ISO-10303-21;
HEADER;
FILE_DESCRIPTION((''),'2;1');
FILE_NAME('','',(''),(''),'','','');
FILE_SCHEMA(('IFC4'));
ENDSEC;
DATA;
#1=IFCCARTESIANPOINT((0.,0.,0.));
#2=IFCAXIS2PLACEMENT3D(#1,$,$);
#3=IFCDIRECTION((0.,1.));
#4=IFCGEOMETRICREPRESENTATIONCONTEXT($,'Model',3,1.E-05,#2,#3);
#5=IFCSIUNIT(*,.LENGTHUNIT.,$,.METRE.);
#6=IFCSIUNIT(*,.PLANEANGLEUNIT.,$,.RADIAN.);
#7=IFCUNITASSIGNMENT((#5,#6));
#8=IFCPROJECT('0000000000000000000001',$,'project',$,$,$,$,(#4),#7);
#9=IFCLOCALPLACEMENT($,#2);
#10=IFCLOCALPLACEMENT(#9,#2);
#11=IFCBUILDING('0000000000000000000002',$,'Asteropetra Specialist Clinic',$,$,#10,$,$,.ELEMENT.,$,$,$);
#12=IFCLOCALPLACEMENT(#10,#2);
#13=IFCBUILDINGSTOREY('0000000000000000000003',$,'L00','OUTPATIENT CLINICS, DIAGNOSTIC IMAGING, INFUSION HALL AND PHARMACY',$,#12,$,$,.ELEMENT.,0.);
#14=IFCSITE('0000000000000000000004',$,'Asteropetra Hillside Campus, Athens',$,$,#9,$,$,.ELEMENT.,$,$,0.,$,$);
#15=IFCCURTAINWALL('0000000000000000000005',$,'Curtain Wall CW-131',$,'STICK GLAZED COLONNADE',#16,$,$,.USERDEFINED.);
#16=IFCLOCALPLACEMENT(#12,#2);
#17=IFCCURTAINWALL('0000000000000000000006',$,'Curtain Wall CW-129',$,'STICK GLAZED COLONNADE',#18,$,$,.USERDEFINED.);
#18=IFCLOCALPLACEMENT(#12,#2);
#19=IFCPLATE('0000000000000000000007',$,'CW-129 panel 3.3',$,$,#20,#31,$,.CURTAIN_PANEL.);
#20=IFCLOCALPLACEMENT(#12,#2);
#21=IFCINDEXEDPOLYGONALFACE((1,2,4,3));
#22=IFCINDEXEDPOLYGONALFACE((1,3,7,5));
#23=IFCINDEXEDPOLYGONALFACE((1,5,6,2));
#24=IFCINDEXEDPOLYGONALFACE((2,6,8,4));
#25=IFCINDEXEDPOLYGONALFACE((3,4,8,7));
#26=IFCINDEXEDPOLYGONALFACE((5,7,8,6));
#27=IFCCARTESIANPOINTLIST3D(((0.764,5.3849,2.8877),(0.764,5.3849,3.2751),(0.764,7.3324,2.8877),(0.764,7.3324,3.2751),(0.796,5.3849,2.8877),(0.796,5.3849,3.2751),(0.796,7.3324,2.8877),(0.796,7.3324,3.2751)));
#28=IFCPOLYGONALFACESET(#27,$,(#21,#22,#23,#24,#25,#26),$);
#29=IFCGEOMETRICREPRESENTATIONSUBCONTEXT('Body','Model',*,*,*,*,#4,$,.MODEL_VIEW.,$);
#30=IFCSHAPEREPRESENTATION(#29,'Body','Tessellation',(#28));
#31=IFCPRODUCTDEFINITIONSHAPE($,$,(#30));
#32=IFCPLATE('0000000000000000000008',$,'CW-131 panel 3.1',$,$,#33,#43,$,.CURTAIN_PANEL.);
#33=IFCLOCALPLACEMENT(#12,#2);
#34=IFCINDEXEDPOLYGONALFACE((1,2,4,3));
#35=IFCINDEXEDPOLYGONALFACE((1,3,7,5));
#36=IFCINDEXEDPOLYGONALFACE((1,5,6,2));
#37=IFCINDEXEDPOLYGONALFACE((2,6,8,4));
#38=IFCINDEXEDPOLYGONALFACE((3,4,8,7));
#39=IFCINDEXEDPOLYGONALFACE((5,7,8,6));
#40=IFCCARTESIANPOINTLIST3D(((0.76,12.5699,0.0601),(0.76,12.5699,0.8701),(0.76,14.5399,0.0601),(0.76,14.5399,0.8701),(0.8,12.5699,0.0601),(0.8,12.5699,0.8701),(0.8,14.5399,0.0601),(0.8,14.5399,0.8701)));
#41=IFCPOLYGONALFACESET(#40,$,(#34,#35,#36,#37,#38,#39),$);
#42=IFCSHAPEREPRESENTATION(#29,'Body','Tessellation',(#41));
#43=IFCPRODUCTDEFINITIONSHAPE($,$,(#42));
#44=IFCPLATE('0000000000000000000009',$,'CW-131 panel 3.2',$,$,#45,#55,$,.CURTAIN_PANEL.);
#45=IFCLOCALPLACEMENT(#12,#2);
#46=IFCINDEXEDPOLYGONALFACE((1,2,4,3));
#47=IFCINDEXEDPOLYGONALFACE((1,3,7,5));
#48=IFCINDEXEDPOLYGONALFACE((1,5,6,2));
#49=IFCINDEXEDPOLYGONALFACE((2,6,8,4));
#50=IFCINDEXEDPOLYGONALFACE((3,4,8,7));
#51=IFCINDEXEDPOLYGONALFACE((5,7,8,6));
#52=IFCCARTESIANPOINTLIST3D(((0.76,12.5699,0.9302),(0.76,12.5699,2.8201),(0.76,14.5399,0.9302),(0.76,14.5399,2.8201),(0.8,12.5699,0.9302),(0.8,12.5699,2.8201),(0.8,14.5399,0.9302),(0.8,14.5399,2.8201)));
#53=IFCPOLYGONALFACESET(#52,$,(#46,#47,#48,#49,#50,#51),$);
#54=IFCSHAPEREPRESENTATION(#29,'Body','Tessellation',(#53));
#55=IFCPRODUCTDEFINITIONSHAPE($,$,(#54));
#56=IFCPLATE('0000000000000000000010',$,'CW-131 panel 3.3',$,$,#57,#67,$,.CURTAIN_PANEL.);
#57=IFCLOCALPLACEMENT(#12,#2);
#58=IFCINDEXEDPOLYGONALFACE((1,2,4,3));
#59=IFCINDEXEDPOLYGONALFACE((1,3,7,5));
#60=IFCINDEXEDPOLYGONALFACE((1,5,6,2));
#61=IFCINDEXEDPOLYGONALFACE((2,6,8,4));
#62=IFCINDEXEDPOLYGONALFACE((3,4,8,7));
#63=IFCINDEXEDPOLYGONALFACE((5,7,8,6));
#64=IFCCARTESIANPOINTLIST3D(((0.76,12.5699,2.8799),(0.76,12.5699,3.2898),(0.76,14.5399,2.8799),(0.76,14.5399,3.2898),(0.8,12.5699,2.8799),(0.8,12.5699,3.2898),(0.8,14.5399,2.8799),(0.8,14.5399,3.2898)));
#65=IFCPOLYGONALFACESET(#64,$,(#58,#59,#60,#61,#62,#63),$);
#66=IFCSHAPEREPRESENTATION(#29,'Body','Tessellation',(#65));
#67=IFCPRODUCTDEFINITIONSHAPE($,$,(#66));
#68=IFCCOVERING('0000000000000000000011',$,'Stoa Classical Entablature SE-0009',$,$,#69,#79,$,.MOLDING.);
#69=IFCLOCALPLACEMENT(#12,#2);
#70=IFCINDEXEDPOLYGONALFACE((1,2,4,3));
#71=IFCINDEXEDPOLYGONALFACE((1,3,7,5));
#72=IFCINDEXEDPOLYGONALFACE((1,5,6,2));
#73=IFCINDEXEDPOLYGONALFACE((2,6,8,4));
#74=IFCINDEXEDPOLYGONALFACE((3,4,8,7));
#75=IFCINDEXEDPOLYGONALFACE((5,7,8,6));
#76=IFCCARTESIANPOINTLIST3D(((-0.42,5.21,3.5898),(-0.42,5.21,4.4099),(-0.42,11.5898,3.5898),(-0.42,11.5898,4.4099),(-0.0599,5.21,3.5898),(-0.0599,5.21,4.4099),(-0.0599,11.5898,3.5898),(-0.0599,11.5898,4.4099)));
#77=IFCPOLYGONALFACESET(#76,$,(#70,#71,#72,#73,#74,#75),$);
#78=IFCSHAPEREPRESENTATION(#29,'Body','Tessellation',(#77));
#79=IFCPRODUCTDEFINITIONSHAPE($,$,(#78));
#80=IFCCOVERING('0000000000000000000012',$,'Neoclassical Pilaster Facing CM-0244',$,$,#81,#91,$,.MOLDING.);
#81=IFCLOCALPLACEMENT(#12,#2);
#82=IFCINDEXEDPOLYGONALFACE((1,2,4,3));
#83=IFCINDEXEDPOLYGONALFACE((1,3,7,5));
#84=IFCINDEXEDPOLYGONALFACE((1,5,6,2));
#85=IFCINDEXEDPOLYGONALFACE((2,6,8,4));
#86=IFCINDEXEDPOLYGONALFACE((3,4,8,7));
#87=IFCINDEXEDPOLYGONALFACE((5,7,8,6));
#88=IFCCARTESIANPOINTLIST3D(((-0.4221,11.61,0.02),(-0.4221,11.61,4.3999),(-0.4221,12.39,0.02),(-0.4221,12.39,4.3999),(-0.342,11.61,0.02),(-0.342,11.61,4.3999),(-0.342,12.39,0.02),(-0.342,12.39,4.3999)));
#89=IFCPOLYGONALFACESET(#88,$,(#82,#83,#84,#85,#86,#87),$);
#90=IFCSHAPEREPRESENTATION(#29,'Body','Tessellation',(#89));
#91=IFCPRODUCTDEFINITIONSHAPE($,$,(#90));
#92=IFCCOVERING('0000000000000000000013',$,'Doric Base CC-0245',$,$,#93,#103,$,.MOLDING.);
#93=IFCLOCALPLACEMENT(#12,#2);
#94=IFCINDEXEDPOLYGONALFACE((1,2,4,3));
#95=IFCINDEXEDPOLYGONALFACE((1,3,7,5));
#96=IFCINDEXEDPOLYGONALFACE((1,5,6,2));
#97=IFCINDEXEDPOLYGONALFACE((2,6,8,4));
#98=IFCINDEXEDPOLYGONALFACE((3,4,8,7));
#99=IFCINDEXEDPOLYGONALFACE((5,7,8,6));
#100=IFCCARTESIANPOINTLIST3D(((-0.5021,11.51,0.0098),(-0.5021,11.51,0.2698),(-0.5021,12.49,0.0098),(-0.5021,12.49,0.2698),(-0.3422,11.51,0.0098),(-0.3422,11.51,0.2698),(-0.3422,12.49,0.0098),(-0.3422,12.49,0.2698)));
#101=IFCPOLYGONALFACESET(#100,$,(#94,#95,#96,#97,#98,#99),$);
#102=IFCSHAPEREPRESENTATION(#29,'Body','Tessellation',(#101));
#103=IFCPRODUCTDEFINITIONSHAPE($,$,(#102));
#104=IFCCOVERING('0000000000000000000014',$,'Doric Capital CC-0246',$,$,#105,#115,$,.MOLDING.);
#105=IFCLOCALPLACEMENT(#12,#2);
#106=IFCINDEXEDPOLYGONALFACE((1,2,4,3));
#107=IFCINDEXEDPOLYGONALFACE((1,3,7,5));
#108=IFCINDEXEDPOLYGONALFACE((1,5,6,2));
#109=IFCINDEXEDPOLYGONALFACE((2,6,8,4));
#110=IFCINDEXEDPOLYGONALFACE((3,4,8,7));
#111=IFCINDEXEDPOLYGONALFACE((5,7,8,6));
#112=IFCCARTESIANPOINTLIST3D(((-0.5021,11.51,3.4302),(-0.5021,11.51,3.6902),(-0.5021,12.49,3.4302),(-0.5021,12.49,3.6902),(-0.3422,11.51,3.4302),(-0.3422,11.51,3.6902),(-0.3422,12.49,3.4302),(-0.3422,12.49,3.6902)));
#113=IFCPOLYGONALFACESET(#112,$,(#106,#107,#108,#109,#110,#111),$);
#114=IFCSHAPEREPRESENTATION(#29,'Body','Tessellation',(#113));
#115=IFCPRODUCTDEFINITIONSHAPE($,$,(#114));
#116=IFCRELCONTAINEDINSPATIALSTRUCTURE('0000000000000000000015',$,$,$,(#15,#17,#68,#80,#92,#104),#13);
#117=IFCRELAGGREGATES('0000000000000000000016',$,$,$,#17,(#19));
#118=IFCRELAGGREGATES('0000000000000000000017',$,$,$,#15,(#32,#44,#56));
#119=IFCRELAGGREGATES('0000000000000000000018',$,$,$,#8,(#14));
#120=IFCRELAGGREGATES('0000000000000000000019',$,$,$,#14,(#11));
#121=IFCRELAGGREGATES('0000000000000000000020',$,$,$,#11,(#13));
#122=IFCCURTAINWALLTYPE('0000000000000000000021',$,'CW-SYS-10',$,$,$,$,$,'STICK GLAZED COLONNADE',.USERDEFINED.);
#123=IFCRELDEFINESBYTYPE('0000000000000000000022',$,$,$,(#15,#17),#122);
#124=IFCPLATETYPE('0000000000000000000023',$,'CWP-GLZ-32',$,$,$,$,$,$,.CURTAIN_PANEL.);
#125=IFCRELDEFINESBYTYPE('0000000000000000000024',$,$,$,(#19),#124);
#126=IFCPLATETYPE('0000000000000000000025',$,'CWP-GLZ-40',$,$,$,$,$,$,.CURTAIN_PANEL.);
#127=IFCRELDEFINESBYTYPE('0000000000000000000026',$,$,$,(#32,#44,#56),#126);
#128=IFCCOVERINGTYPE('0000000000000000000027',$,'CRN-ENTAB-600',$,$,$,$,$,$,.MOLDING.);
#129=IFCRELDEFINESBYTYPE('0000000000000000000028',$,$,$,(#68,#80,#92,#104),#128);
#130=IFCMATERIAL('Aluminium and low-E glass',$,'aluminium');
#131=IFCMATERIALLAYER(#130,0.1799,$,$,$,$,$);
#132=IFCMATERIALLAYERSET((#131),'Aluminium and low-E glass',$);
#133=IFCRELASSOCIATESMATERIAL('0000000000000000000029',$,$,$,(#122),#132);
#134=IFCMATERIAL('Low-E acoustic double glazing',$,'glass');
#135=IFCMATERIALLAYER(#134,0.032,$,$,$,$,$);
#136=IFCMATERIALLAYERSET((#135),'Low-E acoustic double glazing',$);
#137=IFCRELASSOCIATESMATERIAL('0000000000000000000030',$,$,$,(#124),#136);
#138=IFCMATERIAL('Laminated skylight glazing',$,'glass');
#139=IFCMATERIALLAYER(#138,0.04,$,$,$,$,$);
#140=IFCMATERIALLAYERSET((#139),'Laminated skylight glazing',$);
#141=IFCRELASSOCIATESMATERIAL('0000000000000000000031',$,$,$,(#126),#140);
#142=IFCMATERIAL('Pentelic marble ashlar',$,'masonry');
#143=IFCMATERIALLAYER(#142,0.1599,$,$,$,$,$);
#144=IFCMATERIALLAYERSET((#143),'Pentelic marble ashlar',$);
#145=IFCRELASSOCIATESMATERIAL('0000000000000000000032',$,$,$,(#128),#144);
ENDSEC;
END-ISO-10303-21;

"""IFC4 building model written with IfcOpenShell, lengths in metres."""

from ifc_helpers import new_model, si_unit, direction, frame, origin, origin_2d, place, context, subcontext, project, spatial, rectangle, extrude, material, layer, layer_set, type_object, element, aggregate, save


model = new_model("IFC4")

# Units and contexts
model_context = context("Model", 3, precision=1e-05, world=origin(), true_north=direction((0.0, 1.0)))
body_context = subcontext(model_context, "Body", "Model", "MODEL_VIEW")
ifc_project = project(units=[si_unit("LENGTHUNIT", "METRE"), si_unit("PLANEANGLEUNIT", "RADIAN")], contexts=[model_context])

# Site, building, storey
site_placement = place(None, origin())
site = spatial("IfcSite", under=ifc_project, at=site_placement, Name="Asteropetra Hillside Campus, Athens", CompositionType="ELEMENT", RefElevation=0.0)
building_placement = place(site_placement, origin())
building = spatial("IfcBuilding", under=site, at=building_placement, Name="Asteropetra Specialist Clinic", CompositionType="ELEMENT")
storey_placement = place(building_placement, origin())
storey = spatial("IfcBuildingStorey", under=building, at=storey_placement, Name="L00", Description="OUTPATIENT CLINICS, DIAGNOSTIC IMAGING, INFUSION HALL AND PHARMACY", CompositionType="ELEMENT", Elevation=0.0)

# Curtain walls
ifc_material_1 = material(Name="Aluminium and low-E glass", Category="aluminium")
ifc_layer_1 = layer(ifc_material_1, 0.1799)
ifc_layer_set_1 = layer_set([ifc_layer_1], Name="Aluminium and low-E glass")
curtain_wall_type = type_object("IfcCurtainWallType", Name="CW-SYS-10", ElementType="STICK GLAZED COLONNADE", PredefinedType="USERDEFINED", material=ifc_layer_set_1)
curtain_wall_1_placement = place(storey_placement, origin())
curtain_wall_1 = element("IfcCurtainWall", 1, at=curtain_wall_1_placement, inside=storey, type_object=curtain_wall_type, Name="Curtain Wall CW-131", ObjectType="STICK GLAZED COLONNADE", PredefinedType="USERDEFINED")
curtain_wall_2_placement = place(storey_placement, origin())
curtain_wall_2 = element("IfcCurtainWall", 2, at=curtain_wall_2_placement, inside=storey, type_object=curtain_wall_type, Name="Curtain Wall CW-129", ObjectType="STICK GLAZED COLONNADE", PredefinedType="USERDEFINED")

# Plates
ifc_material_2 = material(Name="Low-E acoustic double glazing", Category="glass")
ifc_layer_2 = layer(ifc_material_2, 0.032)
ifc_layer_set_2 = layer_set([ifc_layer_2], Name="Low-E acoustic double glazing")
plate_type_1 = type_object("IfcPlateType", Name="CWP-GLZ-32", PredefinedType="CURTAIN_PANEL", material=ifc_layer_set_2)
plate_1_placement = place(storey_placement, frame((0.78, 6.3586, 2.8877), z_axis=(0.0, 0.0, 1.0), x_axis=(0.0, -1.0, 0.0)))
plate_1 = element("IfcPlate", 3, at=plate_1_placement, type_object=plate_type_1, Name="CW-129 panel 3.3", PredefinedType="CURTAIN_PANEL", context=body_context, shape_type="SweptSolid", body=[
    extrude(rectangle(XDim=1.9475, YDim=0.032, at=origin_2d()), origin(), (0.0, 0.0, 1.0), 0.3875),
])
aggregate(curtain_wall_2, [plate_1])
ifc_material_3 = material(Name="Laminated skylight glazing", Category="glass")
ifc_layer_3 = layer(ifc_material_3, 0.04)
ifc_layer_set_3 = layer_set([ifc_layer_3], Name="Laminated skylight glazing")
plate_type_2 = type_object("IfcPlateType", Name="CWP-GLZ-40", PredefinedType="CURTAIN_PANEL", material=ifc_layer_set_3)
plate_2_placement = place(storey_placement, frame((0.78, 13.5549, 0.0601), z_axis=(0.0, 0.0, 1.0), x_axis=(0.0, -1.0, 0.0)))
plate_2 = element("IfcPlate", 4, at=plate_2_placement, type_object=plate_type_2, Name="CW-131 panel 3.1", PredefinedType="CURTAIN_PANEL", context=body_context, shape_type="SweptSolid", body=[
    extrude(rectangle(XDim=1.97, YDim=0.04, at=origin_2d()), origin(), (0.0, 0.0, 1.0), 0.8101),
])
plate_3_placement = place(storey_placement, frame((0.78, 13.5549, 0.9302), z_axis=(0.0, 0.0, 1.0), x_axis=(0.0, -1.0, 0.0)))
plate_3 = element("IfcPlate", 5, at=plate_3_placement, type_object=plate_type_2, Name="CW-131 panel 3.2", PredefinedType="CURTAIN_PANEL", context=body_context, shape_type="SweptSolid", body=[
    extrude(rectangle(XDim=1.97, YDim=0.04, at=origin_2d()), origin(), (0.0, 0.0, 1.0), 1.8899),
])
plate_4_placement = place(storey_placement, frame((0.78, 13.5549, 2.8799), z_axis=(0.0, 0.0, 1.0), x_axis=(0.0, -1.0, 0.0)))
plate_4 = element("IfcPlate", 6, at=plate_4_placement, type_object=plate_type_2, Name="CW-131 panel 3.3", PredefinedType="CURTAIN_PANEL", context=body_context, shape_type="SweptSolid", body=[
    extrude(rectangle(XDim=1.97, YDim=0.04, at=origin_2d()), origin(), (0.0, 0.0, 1.0), 0.4099),
])
aggregate(curtain_wall_1, [plate_2, plate_3, plate_4])

# Coverings
ifc_material_4 = material(Name="Pentelic marble ashlar", Category="masonry")
ifc_layer_4 = layer(ifc_material_4, 0.1599)
ifc_layer_set_4 = layer_set([ifc_layer_4], Name="Pentelic marble ashlar")
covering_type = type_object("IfcCoveringType", Name="CRN-ENTAB-600", PredefinedType="MOLDING", material=ifc_layer_set_4)
covering_1_placement = place(storey_placement, frame((-0.24, 8.3999, 3.5898), z_axis=(0.0, 0.0, 1.0), x_axis=(1.0, 0.0, 0.0)))
element("IfcCovering", 7, at=covering_1_placement, inside=storey, type_object=covering_type, Name="Stoa Classical Entablature SE-0009", PredefinedType="MOLDING", context=body_context, shape_type="SweptSolid", body=[
    extrude(rectangle(XDim=0.3601, YDim=6.3799, at=origin_2d()), origin(), (0.0, 0.0, 1.0), 0.8201),
])
covering_2_placement = place(storey_placement, frame((-0.3821, 12.0, 0.02), z_axis=(0.0, 0.0, 1.0), x_axis=(1.0, 0.0, 0.0)))
element("IfcCovering", 8, at=covering_2_placement, inside=storey, type_object=covering_type, Name="Neoclassical Pilaster Facing CM-0244", PredefinedType="MOLDING", context=body_context, shape_type="SweptSolid", body=[
    extrude(rectangle(XDim=0.0801, YDim=0.78, at=origin_2d()), origin(), (0.0, 0.0, 1.0), 4.3799),
])
for number, where, z_axis, x_axis, name in (
    (9, (-0.4221, 12.0, 0.0098), (0.0, 0.0, 1.0), (1.0, 0.0, 0.0), "Doric Base CC-0245"),
    (10, (-0.4221, 12.0, 3.4302), (0.0, 0.0, 1.0), (1.0, 0.0, 0.0), "Doric Capital CC-0246"),
):
    element("IfcCovering", number, at=place(storey_placement, frame(where, z_axis=z_axis, x_axis=x_axis)), inside=storey, type_object=covering_type, Name=name, PredefinedType="MOLDING", context=body_context, shape_type="SweptSolid", body=[
        extrude(rectangle(XDim=0.1599, YDim=0.98, at=origin_2d()), origin(), (0.0, 0.0, 1.0), 0.26),
    ])

save(model, "model.ifc")
